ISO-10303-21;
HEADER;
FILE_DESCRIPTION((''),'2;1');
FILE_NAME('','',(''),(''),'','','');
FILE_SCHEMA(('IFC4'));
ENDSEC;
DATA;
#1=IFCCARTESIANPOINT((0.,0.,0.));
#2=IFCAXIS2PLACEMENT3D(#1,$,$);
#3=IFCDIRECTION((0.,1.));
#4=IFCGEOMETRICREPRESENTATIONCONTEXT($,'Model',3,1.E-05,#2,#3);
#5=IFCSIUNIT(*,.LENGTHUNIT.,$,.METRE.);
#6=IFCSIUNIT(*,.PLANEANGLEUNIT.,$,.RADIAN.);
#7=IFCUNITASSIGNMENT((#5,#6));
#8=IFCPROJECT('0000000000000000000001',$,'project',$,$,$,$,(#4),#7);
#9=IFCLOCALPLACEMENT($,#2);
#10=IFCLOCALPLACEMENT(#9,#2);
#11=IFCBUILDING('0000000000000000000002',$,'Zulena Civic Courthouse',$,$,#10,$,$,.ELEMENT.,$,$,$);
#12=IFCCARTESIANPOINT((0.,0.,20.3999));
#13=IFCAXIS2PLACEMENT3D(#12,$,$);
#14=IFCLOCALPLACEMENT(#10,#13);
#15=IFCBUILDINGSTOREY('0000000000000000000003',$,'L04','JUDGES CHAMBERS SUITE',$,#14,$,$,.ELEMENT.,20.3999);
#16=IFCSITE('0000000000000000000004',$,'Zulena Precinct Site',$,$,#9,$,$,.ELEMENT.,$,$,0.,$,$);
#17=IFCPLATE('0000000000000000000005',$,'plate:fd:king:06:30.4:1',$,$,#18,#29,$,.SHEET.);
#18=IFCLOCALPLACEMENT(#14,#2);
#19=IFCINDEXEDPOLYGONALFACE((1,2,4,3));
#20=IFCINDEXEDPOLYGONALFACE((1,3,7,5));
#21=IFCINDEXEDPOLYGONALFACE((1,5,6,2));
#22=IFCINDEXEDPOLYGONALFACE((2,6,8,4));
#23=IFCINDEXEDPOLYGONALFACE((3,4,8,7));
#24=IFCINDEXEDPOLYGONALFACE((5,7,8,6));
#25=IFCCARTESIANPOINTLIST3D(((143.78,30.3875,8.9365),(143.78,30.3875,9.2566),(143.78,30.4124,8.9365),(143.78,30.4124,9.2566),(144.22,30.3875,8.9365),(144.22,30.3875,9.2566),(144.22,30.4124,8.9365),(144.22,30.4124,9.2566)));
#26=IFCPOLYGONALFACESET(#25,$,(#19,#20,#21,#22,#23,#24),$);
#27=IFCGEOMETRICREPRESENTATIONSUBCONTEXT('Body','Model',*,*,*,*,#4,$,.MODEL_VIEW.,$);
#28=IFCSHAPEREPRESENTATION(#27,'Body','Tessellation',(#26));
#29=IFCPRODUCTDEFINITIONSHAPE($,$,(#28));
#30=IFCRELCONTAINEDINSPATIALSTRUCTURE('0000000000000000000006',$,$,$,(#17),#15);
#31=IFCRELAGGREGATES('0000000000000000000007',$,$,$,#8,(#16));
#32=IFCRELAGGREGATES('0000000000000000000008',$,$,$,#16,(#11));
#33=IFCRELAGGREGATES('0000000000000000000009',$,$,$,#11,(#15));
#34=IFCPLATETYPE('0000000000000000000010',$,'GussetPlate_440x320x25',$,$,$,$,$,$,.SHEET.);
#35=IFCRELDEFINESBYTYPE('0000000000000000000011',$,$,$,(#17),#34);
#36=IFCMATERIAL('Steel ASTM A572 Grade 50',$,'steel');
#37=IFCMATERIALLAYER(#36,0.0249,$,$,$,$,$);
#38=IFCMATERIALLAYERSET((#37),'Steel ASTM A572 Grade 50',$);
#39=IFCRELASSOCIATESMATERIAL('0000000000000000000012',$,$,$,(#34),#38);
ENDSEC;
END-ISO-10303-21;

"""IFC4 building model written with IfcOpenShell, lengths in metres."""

from ifc_helpers import new_model, si_unit, direction, frame, origin, origin_2d, place, context, subcontext, project, spatial, rectangle, extrude, material, layer, layer_set, type_object, element, save


model = new_model("IFC4")

# Units and contexts
model_context = context("Model", 3, precision=1e-05, world=origin(), true_north=direction((0.0, 1.0)))
body_context = subcontext(model_context, "Body", "Model", "MODEL_VIEW")
ifc_project = project(units=[si_unit("LENGTHUNIT", "METRE"), si_unit("PLANEANGLEUNIT", "RADIAN")], contexts=[model_context])

# Site, building, storey
site_placement = place(None, origin())
site = spatial("IfcSite", under=ifc_project, at=site_placement, Name="Zulena Precinct Site", CompositionType="ELEMENT", RefElevation=0.0)
building_placement = place(site_placement, origin())
building = spatial("IfcBuilding", under=site, at=building_placement, Name="Zulena Civic Courthouse", CompositionType="ELEMENT")
storey_placement = place(building_placement, frame((0.0, 0.0, 20.3999)))
storey = spatial("IfcBuildingStorey", under=building, at=storey_placement, Name="L04", Description="JUDGES CHAMBERS SUITE", CompositionType="ELEMENT", Elevation=20.3999)

# Plate
ifc_material_1 = material(Name="Steel ASTM A572 Grade 50", Category="steel")
ifc_layer_1 = layer(ifc_material_1, 0.0249)
ifc_layer_set_1 = layer_set([ifc_layer_1], Name="Steel ASTM A572 Grade 50")
plate_type_1 = type_object("IfcPlateType", Name="GussetPlate_440x320x25", PredefinedType="SHEET", material=ifc_layer_set_1)
for number, where, z_axis, x_axis, name in (
    (1, (144.0, 30.3999, 8.9365), (0.0, 0.0, 1.0), (1.0, 0.0, 0.0), "plate:fd:king:06:30.4:1"),
):
    element("IfcPlate", number, at=place(storey_placement, frame(where, z_axis=z_axis, x_axis=x_axis)), inside=storey, type_object=plate_type_1, Name=name, PredefinedType="SHEET", context=body_context, shape_type="SweptSolid", body=[
        extrude(rectangle(XDim=0.4399, YDim=0.0249, at=origin_2d()), origin(), (0.0, 0.0, 1.0), 0.3201),
    ])

save(model, "model.ifc")
